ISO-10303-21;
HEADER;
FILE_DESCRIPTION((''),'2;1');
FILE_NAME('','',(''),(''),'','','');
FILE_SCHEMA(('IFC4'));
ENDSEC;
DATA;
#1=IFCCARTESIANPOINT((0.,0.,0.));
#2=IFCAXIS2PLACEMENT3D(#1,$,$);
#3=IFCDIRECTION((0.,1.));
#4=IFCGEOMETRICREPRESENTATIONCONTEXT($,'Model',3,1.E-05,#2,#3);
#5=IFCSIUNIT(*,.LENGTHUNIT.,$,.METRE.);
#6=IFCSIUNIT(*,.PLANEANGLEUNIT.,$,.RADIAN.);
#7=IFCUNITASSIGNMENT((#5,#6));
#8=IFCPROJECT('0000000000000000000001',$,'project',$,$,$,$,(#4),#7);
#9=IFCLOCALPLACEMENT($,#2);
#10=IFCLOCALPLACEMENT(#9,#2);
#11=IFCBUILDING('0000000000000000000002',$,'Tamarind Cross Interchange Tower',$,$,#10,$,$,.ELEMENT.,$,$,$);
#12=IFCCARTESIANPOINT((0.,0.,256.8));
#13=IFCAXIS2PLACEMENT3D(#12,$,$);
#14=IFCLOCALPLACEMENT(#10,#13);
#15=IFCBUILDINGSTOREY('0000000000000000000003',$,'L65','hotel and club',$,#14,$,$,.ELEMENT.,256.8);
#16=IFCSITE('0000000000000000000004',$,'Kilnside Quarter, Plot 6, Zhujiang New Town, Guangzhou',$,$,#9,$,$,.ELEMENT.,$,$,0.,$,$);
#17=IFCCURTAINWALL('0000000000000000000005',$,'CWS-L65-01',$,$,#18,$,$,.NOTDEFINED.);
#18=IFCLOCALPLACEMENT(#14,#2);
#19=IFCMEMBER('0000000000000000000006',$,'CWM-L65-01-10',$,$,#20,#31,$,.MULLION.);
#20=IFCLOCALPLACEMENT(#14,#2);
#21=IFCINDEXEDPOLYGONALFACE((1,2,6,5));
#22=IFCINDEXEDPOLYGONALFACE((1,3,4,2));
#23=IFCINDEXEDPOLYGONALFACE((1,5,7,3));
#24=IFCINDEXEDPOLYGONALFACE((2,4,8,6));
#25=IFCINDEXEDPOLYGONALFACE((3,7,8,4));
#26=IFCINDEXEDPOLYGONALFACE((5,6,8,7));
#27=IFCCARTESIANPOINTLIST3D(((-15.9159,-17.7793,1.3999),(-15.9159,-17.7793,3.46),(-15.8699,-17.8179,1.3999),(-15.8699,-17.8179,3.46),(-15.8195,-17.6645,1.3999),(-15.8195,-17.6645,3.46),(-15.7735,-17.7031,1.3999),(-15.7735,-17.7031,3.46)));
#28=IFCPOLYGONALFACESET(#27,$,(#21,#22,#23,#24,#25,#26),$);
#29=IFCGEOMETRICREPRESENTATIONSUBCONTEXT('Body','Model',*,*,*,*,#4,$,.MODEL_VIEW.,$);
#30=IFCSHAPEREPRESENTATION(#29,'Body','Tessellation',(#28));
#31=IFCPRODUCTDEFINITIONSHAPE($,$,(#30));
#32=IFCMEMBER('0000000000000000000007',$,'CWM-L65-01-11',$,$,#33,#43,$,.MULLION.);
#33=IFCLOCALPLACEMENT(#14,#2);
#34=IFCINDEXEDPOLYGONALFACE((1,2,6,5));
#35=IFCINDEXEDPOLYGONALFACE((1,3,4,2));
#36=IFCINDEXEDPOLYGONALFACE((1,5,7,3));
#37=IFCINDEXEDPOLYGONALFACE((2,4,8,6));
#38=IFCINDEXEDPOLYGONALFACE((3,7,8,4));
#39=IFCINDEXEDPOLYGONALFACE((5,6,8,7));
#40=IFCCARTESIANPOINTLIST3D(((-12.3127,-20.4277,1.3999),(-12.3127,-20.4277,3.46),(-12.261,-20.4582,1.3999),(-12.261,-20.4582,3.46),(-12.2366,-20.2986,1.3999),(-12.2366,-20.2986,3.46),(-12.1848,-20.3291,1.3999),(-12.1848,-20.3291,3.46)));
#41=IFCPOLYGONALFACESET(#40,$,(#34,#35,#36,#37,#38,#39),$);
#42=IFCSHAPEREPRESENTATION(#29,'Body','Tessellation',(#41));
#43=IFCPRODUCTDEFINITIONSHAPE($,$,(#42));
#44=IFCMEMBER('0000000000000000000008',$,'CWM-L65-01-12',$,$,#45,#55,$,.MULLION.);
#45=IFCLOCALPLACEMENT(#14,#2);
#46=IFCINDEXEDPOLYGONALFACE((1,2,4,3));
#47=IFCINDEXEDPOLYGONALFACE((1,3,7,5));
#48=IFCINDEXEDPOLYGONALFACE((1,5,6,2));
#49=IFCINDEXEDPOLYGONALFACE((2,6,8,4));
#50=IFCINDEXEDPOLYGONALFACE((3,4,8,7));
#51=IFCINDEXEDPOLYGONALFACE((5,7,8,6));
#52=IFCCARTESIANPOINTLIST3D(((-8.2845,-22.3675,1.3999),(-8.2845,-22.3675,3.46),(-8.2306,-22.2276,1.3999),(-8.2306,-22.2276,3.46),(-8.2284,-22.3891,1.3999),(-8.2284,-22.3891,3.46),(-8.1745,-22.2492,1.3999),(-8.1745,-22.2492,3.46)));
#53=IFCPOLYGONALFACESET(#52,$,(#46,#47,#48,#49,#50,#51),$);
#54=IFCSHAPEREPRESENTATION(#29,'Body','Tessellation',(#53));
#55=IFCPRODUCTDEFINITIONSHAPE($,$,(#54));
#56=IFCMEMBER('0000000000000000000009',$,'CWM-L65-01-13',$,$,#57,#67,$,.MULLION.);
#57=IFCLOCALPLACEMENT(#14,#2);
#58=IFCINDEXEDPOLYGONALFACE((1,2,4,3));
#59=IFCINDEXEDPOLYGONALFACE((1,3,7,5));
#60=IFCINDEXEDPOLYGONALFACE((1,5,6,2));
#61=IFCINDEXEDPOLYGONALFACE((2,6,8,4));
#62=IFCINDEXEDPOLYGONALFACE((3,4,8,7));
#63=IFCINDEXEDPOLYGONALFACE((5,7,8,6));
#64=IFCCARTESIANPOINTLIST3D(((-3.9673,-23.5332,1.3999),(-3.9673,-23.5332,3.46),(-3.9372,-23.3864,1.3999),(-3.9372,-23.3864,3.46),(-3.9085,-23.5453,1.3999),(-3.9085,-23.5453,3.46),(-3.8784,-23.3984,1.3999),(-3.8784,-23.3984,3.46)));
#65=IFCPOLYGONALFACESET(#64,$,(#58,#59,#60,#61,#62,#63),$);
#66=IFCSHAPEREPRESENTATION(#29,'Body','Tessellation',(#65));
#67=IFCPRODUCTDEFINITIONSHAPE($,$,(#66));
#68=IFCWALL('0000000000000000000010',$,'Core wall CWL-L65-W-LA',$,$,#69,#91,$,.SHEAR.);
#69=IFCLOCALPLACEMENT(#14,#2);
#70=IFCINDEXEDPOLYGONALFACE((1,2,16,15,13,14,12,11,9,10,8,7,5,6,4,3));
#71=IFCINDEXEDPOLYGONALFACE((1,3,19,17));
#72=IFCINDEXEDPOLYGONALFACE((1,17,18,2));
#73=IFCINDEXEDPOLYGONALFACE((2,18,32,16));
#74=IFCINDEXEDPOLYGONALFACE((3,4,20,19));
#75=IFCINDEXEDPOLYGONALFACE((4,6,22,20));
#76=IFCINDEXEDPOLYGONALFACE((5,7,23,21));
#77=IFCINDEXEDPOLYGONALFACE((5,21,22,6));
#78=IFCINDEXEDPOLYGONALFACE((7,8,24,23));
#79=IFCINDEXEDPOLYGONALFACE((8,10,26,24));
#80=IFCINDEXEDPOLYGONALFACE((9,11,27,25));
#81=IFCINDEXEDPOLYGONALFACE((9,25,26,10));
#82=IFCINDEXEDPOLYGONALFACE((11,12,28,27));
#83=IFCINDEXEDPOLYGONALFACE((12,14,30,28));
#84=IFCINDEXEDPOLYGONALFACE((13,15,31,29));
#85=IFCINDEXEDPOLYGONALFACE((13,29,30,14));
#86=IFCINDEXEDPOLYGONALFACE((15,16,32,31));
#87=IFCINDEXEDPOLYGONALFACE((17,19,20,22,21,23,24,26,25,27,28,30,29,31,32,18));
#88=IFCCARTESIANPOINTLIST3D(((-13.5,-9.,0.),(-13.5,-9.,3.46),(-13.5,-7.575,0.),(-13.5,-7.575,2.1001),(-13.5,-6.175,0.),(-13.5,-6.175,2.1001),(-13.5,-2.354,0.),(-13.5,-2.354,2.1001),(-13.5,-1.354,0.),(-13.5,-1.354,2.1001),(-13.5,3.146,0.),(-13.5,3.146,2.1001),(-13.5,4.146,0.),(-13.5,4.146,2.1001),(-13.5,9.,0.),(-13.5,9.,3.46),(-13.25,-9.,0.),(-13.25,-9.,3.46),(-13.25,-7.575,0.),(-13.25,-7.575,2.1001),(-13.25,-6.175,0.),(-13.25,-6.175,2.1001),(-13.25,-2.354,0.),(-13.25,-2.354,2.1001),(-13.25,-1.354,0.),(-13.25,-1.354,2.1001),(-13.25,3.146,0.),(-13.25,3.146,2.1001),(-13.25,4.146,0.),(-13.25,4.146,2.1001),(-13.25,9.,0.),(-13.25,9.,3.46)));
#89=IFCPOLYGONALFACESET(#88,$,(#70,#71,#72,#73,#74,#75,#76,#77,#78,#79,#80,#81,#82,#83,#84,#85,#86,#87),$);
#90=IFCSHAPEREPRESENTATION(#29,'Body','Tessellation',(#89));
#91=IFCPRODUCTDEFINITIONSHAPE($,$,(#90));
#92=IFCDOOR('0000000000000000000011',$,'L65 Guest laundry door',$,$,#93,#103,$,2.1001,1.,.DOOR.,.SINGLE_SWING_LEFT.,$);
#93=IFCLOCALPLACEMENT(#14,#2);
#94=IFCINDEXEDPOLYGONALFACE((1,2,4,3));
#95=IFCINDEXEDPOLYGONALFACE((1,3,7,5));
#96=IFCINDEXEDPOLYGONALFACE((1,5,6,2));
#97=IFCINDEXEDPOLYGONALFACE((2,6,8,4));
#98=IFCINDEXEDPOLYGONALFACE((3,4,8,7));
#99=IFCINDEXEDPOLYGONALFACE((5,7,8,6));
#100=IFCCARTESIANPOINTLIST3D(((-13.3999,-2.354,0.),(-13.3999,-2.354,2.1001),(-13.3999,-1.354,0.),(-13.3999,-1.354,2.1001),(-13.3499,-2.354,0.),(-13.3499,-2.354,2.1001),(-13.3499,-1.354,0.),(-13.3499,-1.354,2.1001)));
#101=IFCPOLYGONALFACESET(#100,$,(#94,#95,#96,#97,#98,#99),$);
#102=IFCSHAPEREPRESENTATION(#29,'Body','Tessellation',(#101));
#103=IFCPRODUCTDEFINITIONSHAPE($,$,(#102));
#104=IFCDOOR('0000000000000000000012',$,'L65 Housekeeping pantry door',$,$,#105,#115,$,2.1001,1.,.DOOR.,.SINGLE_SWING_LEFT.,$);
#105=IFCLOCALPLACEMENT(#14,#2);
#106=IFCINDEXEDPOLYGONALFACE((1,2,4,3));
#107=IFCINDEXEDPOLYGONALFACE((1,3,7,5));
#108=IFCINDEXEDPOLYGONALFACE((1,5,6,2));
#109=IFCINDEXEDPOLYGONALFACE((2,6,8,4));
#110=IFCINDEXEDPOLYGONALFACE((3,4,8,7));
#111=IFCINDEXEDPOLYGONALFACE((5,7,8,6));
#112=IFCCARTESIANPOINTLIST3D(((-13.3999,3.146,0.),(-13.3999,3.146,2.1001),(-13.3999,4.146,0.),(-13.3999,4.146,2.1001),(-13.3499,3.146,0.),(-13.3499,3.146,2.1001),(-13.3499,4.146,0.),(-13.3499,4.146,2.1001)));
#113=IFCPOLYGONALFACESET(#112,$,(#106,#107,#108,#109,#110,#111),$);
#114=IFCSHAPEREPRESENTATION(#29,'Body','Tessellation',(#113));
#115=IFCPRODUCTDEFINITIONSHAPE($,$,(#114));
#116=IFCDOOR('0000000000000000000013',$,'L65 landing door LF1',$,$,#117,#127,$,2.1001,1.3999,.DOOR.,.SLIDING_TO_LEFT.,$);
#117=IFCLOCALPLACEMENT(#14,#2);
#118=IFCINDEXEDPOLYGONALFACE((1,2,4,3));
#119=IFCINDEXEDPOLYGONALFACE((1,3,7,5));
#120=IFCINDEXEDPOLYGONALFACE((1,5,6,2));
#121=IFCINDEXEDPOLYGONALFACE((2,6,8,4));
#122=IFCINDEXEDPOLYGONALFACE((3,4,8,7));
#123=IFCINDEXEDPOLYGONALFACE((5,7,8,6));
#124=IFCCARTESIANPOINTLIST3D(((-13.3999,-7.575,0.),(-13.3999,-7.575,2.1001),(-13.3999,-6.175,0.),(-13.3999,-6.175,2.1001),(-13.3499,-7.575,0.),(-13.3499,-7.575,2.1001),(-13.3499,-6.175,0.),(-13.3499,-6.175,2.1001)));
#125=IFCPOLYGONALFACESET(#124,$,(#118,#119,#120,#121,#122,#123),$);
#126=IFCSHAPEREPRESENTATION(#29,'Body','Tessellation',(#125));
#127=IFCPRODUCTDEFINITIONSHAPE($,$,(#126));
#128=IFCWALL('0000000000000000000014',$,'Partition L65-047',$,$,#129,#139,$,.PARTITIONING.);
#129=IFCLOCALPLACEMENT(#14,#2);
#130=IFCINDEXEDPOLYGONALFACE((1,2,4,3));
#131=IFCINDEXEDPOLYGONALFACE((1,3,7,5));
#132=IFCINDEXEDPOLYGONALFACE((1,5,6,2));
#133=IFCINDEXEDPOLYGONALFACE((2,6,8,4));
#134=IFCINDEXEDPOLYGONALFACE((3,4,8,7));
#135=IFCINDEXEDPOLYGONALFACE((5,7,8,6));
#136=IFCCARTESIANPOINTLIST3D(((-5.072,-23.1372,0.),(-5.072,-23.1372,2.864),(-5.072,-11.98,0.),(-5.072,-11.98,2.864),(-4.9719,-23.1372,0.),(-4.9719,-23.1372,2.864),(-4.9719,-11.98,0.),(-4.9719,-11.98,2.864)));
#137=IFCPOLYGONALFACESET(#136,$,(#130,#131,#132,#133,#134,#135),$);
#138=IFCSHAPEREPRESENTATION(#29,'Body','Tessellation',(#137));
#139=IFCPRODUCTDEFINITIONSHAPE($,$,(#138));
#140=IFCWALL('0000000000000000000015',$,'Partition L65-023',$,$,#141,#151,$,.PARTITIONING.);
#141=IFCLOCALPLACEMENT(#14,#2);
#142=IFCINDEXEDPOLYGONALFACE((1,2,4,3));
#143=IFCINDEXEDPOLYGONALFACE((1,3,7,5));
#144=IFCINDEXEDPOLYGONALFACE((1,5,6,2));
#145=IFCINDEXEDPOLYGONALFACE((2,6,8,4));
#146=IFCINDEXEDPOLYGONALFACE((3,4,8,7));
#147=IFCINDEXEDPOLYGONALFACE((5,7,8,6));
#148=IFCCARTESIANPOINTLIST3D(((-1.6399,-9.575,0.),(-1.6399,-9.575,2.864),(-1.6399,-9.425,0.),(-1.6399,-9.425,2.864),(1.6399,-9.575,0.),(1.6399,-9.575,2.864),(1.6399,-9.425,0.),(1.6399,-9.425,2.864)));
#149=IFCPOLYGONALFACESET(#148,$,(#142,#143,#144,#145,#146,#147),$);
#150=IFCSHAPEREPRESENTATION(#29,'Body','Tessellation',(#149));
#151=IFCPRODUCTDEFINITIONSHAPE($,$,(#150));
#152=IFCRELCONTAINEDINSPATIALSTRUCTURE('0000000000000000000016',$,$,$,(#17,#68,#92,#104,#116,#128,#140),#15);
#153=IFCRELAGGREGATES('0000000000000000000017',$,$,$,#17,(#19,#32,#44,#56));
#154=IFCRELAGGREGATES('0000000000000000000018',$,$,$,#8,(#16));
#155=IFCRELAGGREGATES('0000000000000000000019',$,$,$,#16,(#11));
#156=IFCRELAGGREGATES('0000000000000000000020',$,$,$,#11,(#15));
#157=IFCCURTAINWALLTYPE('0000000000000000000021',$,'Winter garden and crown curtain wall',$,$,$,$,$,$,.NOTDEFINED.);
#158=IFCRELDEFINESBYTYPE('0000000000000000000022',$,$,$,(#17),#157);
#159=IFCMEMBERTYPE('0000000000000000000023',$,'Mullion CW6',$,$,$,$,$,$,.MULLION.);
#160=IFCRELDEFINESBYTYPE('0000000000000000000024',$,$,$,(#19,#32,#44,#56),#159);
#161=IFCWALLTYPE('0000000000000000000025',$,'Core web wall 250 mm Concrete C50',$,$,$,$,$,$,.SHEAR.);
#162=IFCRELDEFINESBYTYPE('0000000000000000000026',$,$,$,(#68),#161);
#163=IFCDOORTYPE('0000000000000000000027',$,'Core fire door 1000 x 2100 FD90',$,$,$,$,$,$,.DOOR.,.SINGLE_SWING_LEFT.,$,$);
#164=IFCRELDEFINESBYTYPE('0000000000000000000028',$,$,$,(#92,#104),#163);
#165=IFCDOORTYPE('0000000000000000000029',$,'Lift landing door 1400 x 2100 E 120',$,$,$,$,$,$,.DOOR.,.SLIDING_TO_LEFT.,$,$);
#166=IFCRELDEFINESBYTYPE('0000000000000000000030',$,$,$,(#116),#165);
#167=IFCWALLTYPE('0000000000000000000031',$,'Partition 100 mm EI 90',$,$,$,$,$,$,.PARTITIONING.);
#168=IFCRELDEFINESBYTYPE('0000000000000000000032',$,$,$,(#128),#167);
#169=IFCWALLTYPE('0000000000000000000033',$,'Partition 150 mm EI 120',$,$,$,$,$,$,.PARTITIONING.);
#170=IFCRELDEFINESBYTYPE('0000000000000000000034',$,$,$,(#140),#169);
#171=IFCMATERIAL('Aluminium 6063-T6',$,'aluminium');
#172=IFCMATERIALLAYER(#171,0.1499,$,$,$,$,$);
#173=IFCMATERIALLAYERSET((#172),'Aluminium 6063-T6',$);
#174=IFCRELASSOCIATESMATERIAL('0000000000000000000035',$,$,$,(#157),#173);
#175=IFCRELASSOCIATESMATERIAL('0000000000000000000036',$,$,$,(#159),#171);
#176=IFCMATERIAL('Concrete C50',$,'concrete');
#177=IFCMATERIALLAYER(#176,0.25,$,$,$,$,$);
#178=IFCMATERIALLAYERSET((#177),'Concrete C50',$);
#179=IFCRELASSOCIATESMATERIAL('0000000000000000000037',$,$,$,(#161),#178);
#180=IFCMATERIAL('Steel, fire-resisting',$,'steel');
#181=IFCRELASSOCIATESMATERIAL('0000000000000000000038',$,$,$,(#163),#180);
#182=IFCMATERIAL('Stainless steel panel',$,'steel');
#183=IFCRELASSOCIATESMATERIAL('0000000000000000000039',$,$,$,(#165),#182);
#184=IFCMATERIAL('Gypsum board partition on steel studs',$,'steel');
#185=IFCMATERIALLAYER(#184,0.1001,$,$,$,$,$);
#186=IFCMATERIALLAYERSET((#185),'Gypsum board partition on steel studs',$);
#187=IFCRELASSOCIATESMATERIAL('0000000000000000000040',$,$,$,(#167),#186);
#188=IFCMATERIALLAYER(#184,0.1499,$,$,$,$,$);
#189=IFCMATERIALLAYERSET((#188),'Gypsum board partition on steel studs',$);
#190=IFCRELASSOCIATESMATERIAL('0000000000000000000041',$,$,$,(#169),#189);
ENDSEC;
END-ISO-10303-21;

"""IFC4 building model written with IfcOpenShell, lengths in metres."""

from ifc_helpers import new_model, si_unit, direction, frame, frame_2d, origin, origin_2d, place, context, subcontext, project, spatial, rectangle, extrude, material, layer, layer_set, material_profile, profile_set, type_object, element, fill, aggregate, save


model = new_model("IFC4")

# Units and contexts
model_context = context("Model", 3, precision=1e-05, world=origin(), true_north=direction((0.0, 1.0)))
body_context = subcontext(model_context, "Body", "Model", "MODEL_VIEW")
ifc_project = project(units=[si_unit("LENGTHUNIT", "METRE"), si_unit("PLANEANGLEUNIT", "RADIAN")], contexts=[model_context])

# Site, building, storey
site_placement = place(None, origin())
site = spatial("IfcSite", under=ifc_project, at=site_placement, Name="Kilnside Quarter, Plot 6, Zhujiang New Town, Guangzhou", CompositionType="ELEMENT", RefElevation=0.0)
building_placement = place(site_placement, origin())
building = spatial("IfcBuilding", under=site, at=building_placement, Name="Tamarind Cross Interchange Tower", CompositionType="ELEMENT")
storey_placement = place(building_placement, frame((0.0, 0.0, 256.8)))
storey = spatial("IfcBuildingStorey", under=building, at=storey_placement, Name="L65", Description="hotel and club", CompositionType="ELEMENT", Elevation=256.8)

# Curtain wall, members
ifc_material_1 = material(Name="Aluminium 6063-T6", Category="aluminium")
ifc_layer_1 = layer(ifc_material_1, 0.1499)
ifc_layer_set_1 = layer_set([ifc_layer_1], Name="Aluminium 6063-T6")
curtain_wall_type = type_object("IfcCurtainWallType", Name="Winter garden and crown curtain wall", PredefinedType="NOTDEFINED", material=ifc_layer_set_1)
curtain_wall_placement = place(storey_placement, origin())
curtain_wall = element("IfcCurtainWall", 1, at=curtain_wall_placement, inside=storey, type_object=curtain_wall_type, Name="CWS-L65-01", PredefinedType="NOTDEFINED")
ifc_material_profile_1 = material_profile(ifc_material_1, rectangle(XDim=0.0601, YDim=0.1499, at=origin_2d()), Name="Mullion CW6")
ifc_profile_set_1 = profile_set([ifc_material_profile_1], Name="Aluminium 6063-T6")
member_type = type_object("IfcMemberType", Name="Mullion CW6", PredefinedType="MULLION", material=ifc_profile_set_1)
member_1_placement = place(storey_placement, frame((-15.8447, -17.7412, 1.3999), z_axis=(0.0, 0.0, 1.0), x_axis=(0.765858, -0.643009, 0.0)))
member_1 = element("IfcMember", 2, at=member_1_placement, type_object=member_type, Name="CWM-L65-01-10", PredefinedType="MULLION", context=body_context, shape_type="SweptSolid", body=[
    extrude(rectangle(XDim=0.0601, YDim=0.1499, at=origin_2d()), origin(), (0.0, 0.0, 1.0), 2.0601),
])
member_2_placement = place(storey_placement, frame((-12.2488, -20.3784, 1.3999), z_axis=(0.0, 0.0, 1.0), x_axis=(0.861249, -0.508183, 0.0)))
member_2 = element("IfcMember", 3, at=member_2_placement, type_object=member_type, Name="CWM-L65-01-11", PredefinedType="MULLION", context=body_context, shape_type="SweptSolid", body=[
    extrude(rectangle(XDim=0.0601, YDim=0.1499, at=origin_2d()), origin(), (0.0, 0.0, 1.0), 2.0601),
])
member_3_placement = place(storey_placement, frame((-8.2295, -22.3083, 1.3999), z_axis=(0.0, 0.0, 1.0), x_axis=(0.933147, -0.359495, 0.0)))
member_3 = element("IfcMember", 4, at=member_3_placement, type_object=member_type, Name="CWM-L65-01-12", PredefinedType="MULLION", context=body_context, shape_type="SweptSolid", body=[
    extrude(rectangle(XDim=0.0601, YDim=0.1499, at=origin_2d()), origin(), (0.0, 0.0, 1.0), 2.0601),
])
member_4_placement = place(storey_placement, frame((-3.9229, -23.4658, 1.3999), z_axis=(0.0, 0.0, 1.0), x_axis=(0.979591, -0.201001, 0.0)))
member_4 = element("IfcMember", 5, at=member_4_placement, type_object=member_type, Name="CWM-L65-01-13", PredefinedType="MULLION", context=body_context, shape_type="SweptSolid", body=[
    extrude(rectangle(XDim=0.0601, YDim=0.1499, at=origin_2d()), origin(), (0.0, 0.0, 1.0), 2.0601),
])
aggregate(curtain_wall, [member_1, member_2, member_3, member_4])

# Wall, openings, doors
ifc_material_2 = material(Name="Concrete C50", Category="concrete")
ifc_layer_2 = layer(ifc_material_2, 0.25)
ifc_layer_set_2 = layer_set([ifc_layer_2], Name="Concrete C50")
wall_type_1 = type_object("IfcWallType", Name="Core web wall 250 mm Concrete C50", PredefinedType="SHEAR", material=ifc_layer_set_2)
wall_1_placement = place(storey_placement, frame((-13.375, -9.0, 0.0), z_axis=(0.0, 0.0, 1.0), x_axis=(0.0, 1.0, 0.0)))
wall_1 = element("IfcWall", 6, at=wall_1_placement, inside=storey, type_object=wall_type_1, Name="Core wall CWL-L65-W-LA", PredefinedType="SHEAR", context=body_context, shape_type="SweptSolid", body=[
    extrude(rectangle(XDim=18.0, YDim=0.25, at=frame_2d((9.0, 0.0))), origin(), (0.0, 0.0, 1.0), 3.46),
])
opening_1_placement = place(wall_1_placement, frame((1.425, 0.0, 0.0)))
opening_1 = element("IfcOpeningElement", 7, at=opening_1_placement, cuts=wall_1, PredefinedType="OPENING", context=body_context, shape_type="SweptSolid", body=[
    extrude(rectangle(XDim=1.3999, YDim=2.1001, at=frame_2d((0.7, 1.05))), frame((0.0, 0.135, 0.0), z_axis=(0.0, -1.0, 0.0), x_axis=(1.0, 0.0, 0.0)), (0.0, 0.0, 1.0), 0.27),
])
opening_2_placement = place(wall_1_placement, frame((6.646, 0.0, 0.0)))
opening_2 = element("IfcOpeningElement", 8, at=opening_2_placement, cuts=wall_1, PredefinedType="OPENING", context=body_context, shape_type="SweptSolid", body=[
    extrude(rectangle(XDim=1.0, YDim=2.1001, at=frame_2d((0.5, 1.05))), frame((0.0, 0.135, 0.0), z_axis=(0.0, -1.0, 0.0), x_axis=(1.0, 0.0, 0.0)), (0.0, 0.0, 1.0), 0.27),
])
opening_3_placement = place(wall_1_placement, frame((12.146, 0.0, 0.0)))
opening_3 = element("IfcOpeningElement", 9, at=opening_3_placement, cuts=wall_1, PredefinedType="OPENING", context=body_context, shape_type="SweptSolid", body=[
    extrude(rectangle(XDim=1.0, YDim=2.1001, at=frame_2d((0.5, 1.05))), frame((0.0, 0.135, 0.0), z_axis=(0.0, -1.0, 0.0), x_axis=(1.0, 0.0, 0.0)), (0.0, 0.0, 1.0), 0.27),
])
ifc_material_3 = material(Name="Steel, fire-resisting", Category="steel")
door_type_1 = type_object("IfcDoorType", Name="Core fire door 1000 x 2100 FD90", OperationType="SINGLE_SWING_LEFT", PredefinedType="DOOR", material=ifc_material_3)
door_1_placement = place(opening_2_placement, origin())
door_1 = element("IfcDoor", 10, at=door_1_placement, inside=storey, type_object=door_type_1, Name="L65 Guest laundry door", OperationType="SINGLE_SWING_LEFT", OverallHeight=2.1001, OverallWidth=1.0, PredefinedType="DOOR", context=body_context, shape_type="SweptSolid", body=[
    extrude(rectangle(XDim=1.0, YDim=2.1001, at=frame_2d((0.5, 1.05))), frame((0.0, 0.0249, 0.0), z_axis=(0.0, -1.0, 0.0), x_axis=(1.0, 0.0, 0.0)), (0.0, 0.0, 1.0), 0.05),
])
fill(opening_2, door_1)
door_2_placement = place(opening_3_placement, origin())
door_2 = element("IfcDoor", 11, at=door_2_placement, inside=storey, type_object=door_type_1, Name="L65 Housekeeping pantry door", OperationType="SINGLE_SWING_LEFT", OverallHeight=2.1001, OverallWidth=1.0, PredefinedType="DOOR", context=body_context, shape_type="SweptSolid", body=[
    extrude(rectangle(XDim=1.0, YDim=2.1001, at=frame_2d((0.5, 1.05))), frame((0.0, 0.0249, 0.0), z_axis=(0.0, -1.0, 0.0), x_axis=(1.0, 0.0, 0.0)), (0.0, 0.0, 1.0), 0.05),
])
fill(opening_3, door_2)
ifc_material_4 = material(Name="Stainless steel panel", Category="steel")
door_type_2 = type_object("IfcDoorType", Name="Lift landing door 1400 x 2100 E 120", OperationType="SLIDING_TO_LEFT", PredefinedType="DOOR", material=ifc_material_4)
door_3_placement = place(opening_1_placement, origin())
door_3 = element("IfcDoor", 12, at=door_3_placement, inside=storey, type_object=door_type_2, Name="L65 landing door LF1", OperationType="SLIDING_TO_LEFT", OverallHeight=2.1001, OverallWidth=1.3999, PredefinedType="DOOR", context=body_context, shape_type="SweptSolid", body=[
    extrude(rectangle(XDim=1.3999, YDim=2.1001, at=frame_2d((0.7, 1.05))), frame((0.0, 0.0249, 0.0), z_axis=(0.0, -1.0, 0.0), x_axis=(1.0, 0.0, 0.0)), (0.0, 0.0, 1.0), 0.05),
])
fill(opening_1, door_3)

# Walls
ifc_material_5 = material(Name="Gypsum board partition on steel studs", Category="steel")
ifc_layer_3 = layer(ifc_material_5, 0.1001)
ifc_layer_set_3 = layer_set([ifc_layer_3], Name="Gypsum board partition on steel studs")
wall_type_2 = type_object("IfcWallType", Name="Partition 100 mm EI 90", PredefinedType="PARTITIONING", material=ifc_layer_set_3)
wall_2_placement = place(storey_placement, frame((-5.022, -23.1372, 0.0), z_axis=(0.0, 0.0, 1.0), x_axis=(0.0, 1.0, 0.0)))
element("IfcWall", 13, at=wall_2_placement, inside=storey, type_object=wall_type_2, Name="Partition L65-047", PredefinedType="PARTITIONING", context=body_context, shape_type="SweptSolid", body=[
    extrude(rectangle(XDim=11.1572, YDim=0.1001, at=frame_2d((5.5786, 0.0))), origin(), (0.0, 0.0, 1.0), 2.864),
])
ifc_layer_4 = layer(ifc_material_5, 0.1499)
ifc_layer_set_4 = layer_set([ifc_layer_4], Name="Gypsum board partition on steel studs")
wall_type_3 = type_object("IfcWallType", Name="Partition 150 mm EI 120", PredefinedType="PARTITIONING", material=ifc_layer_set_4)
wall_3_placement = place(storey_placement, frame((-1.6399, -9.5, 0.0), z_axis=(0.0, 0.0, 1.0), x_axis=(1.0, 0.0, 0.0)))
element("IfcWall", 14, at=wall_3_placement, inside=storey, type_object=wall_type_3, Name="Partition L65-023", PredefinedType="PARTITIONING", context=body_context, shape_type="SweptSolid", body=[
    extrude(rectangle(XDim=3.2798, YDim=0.1499, at=frame_2d((1.6399, 0.0))), origin(), (0.0, 0.0, 1.0), 2.864),
])

save(model, "model.ifc")
